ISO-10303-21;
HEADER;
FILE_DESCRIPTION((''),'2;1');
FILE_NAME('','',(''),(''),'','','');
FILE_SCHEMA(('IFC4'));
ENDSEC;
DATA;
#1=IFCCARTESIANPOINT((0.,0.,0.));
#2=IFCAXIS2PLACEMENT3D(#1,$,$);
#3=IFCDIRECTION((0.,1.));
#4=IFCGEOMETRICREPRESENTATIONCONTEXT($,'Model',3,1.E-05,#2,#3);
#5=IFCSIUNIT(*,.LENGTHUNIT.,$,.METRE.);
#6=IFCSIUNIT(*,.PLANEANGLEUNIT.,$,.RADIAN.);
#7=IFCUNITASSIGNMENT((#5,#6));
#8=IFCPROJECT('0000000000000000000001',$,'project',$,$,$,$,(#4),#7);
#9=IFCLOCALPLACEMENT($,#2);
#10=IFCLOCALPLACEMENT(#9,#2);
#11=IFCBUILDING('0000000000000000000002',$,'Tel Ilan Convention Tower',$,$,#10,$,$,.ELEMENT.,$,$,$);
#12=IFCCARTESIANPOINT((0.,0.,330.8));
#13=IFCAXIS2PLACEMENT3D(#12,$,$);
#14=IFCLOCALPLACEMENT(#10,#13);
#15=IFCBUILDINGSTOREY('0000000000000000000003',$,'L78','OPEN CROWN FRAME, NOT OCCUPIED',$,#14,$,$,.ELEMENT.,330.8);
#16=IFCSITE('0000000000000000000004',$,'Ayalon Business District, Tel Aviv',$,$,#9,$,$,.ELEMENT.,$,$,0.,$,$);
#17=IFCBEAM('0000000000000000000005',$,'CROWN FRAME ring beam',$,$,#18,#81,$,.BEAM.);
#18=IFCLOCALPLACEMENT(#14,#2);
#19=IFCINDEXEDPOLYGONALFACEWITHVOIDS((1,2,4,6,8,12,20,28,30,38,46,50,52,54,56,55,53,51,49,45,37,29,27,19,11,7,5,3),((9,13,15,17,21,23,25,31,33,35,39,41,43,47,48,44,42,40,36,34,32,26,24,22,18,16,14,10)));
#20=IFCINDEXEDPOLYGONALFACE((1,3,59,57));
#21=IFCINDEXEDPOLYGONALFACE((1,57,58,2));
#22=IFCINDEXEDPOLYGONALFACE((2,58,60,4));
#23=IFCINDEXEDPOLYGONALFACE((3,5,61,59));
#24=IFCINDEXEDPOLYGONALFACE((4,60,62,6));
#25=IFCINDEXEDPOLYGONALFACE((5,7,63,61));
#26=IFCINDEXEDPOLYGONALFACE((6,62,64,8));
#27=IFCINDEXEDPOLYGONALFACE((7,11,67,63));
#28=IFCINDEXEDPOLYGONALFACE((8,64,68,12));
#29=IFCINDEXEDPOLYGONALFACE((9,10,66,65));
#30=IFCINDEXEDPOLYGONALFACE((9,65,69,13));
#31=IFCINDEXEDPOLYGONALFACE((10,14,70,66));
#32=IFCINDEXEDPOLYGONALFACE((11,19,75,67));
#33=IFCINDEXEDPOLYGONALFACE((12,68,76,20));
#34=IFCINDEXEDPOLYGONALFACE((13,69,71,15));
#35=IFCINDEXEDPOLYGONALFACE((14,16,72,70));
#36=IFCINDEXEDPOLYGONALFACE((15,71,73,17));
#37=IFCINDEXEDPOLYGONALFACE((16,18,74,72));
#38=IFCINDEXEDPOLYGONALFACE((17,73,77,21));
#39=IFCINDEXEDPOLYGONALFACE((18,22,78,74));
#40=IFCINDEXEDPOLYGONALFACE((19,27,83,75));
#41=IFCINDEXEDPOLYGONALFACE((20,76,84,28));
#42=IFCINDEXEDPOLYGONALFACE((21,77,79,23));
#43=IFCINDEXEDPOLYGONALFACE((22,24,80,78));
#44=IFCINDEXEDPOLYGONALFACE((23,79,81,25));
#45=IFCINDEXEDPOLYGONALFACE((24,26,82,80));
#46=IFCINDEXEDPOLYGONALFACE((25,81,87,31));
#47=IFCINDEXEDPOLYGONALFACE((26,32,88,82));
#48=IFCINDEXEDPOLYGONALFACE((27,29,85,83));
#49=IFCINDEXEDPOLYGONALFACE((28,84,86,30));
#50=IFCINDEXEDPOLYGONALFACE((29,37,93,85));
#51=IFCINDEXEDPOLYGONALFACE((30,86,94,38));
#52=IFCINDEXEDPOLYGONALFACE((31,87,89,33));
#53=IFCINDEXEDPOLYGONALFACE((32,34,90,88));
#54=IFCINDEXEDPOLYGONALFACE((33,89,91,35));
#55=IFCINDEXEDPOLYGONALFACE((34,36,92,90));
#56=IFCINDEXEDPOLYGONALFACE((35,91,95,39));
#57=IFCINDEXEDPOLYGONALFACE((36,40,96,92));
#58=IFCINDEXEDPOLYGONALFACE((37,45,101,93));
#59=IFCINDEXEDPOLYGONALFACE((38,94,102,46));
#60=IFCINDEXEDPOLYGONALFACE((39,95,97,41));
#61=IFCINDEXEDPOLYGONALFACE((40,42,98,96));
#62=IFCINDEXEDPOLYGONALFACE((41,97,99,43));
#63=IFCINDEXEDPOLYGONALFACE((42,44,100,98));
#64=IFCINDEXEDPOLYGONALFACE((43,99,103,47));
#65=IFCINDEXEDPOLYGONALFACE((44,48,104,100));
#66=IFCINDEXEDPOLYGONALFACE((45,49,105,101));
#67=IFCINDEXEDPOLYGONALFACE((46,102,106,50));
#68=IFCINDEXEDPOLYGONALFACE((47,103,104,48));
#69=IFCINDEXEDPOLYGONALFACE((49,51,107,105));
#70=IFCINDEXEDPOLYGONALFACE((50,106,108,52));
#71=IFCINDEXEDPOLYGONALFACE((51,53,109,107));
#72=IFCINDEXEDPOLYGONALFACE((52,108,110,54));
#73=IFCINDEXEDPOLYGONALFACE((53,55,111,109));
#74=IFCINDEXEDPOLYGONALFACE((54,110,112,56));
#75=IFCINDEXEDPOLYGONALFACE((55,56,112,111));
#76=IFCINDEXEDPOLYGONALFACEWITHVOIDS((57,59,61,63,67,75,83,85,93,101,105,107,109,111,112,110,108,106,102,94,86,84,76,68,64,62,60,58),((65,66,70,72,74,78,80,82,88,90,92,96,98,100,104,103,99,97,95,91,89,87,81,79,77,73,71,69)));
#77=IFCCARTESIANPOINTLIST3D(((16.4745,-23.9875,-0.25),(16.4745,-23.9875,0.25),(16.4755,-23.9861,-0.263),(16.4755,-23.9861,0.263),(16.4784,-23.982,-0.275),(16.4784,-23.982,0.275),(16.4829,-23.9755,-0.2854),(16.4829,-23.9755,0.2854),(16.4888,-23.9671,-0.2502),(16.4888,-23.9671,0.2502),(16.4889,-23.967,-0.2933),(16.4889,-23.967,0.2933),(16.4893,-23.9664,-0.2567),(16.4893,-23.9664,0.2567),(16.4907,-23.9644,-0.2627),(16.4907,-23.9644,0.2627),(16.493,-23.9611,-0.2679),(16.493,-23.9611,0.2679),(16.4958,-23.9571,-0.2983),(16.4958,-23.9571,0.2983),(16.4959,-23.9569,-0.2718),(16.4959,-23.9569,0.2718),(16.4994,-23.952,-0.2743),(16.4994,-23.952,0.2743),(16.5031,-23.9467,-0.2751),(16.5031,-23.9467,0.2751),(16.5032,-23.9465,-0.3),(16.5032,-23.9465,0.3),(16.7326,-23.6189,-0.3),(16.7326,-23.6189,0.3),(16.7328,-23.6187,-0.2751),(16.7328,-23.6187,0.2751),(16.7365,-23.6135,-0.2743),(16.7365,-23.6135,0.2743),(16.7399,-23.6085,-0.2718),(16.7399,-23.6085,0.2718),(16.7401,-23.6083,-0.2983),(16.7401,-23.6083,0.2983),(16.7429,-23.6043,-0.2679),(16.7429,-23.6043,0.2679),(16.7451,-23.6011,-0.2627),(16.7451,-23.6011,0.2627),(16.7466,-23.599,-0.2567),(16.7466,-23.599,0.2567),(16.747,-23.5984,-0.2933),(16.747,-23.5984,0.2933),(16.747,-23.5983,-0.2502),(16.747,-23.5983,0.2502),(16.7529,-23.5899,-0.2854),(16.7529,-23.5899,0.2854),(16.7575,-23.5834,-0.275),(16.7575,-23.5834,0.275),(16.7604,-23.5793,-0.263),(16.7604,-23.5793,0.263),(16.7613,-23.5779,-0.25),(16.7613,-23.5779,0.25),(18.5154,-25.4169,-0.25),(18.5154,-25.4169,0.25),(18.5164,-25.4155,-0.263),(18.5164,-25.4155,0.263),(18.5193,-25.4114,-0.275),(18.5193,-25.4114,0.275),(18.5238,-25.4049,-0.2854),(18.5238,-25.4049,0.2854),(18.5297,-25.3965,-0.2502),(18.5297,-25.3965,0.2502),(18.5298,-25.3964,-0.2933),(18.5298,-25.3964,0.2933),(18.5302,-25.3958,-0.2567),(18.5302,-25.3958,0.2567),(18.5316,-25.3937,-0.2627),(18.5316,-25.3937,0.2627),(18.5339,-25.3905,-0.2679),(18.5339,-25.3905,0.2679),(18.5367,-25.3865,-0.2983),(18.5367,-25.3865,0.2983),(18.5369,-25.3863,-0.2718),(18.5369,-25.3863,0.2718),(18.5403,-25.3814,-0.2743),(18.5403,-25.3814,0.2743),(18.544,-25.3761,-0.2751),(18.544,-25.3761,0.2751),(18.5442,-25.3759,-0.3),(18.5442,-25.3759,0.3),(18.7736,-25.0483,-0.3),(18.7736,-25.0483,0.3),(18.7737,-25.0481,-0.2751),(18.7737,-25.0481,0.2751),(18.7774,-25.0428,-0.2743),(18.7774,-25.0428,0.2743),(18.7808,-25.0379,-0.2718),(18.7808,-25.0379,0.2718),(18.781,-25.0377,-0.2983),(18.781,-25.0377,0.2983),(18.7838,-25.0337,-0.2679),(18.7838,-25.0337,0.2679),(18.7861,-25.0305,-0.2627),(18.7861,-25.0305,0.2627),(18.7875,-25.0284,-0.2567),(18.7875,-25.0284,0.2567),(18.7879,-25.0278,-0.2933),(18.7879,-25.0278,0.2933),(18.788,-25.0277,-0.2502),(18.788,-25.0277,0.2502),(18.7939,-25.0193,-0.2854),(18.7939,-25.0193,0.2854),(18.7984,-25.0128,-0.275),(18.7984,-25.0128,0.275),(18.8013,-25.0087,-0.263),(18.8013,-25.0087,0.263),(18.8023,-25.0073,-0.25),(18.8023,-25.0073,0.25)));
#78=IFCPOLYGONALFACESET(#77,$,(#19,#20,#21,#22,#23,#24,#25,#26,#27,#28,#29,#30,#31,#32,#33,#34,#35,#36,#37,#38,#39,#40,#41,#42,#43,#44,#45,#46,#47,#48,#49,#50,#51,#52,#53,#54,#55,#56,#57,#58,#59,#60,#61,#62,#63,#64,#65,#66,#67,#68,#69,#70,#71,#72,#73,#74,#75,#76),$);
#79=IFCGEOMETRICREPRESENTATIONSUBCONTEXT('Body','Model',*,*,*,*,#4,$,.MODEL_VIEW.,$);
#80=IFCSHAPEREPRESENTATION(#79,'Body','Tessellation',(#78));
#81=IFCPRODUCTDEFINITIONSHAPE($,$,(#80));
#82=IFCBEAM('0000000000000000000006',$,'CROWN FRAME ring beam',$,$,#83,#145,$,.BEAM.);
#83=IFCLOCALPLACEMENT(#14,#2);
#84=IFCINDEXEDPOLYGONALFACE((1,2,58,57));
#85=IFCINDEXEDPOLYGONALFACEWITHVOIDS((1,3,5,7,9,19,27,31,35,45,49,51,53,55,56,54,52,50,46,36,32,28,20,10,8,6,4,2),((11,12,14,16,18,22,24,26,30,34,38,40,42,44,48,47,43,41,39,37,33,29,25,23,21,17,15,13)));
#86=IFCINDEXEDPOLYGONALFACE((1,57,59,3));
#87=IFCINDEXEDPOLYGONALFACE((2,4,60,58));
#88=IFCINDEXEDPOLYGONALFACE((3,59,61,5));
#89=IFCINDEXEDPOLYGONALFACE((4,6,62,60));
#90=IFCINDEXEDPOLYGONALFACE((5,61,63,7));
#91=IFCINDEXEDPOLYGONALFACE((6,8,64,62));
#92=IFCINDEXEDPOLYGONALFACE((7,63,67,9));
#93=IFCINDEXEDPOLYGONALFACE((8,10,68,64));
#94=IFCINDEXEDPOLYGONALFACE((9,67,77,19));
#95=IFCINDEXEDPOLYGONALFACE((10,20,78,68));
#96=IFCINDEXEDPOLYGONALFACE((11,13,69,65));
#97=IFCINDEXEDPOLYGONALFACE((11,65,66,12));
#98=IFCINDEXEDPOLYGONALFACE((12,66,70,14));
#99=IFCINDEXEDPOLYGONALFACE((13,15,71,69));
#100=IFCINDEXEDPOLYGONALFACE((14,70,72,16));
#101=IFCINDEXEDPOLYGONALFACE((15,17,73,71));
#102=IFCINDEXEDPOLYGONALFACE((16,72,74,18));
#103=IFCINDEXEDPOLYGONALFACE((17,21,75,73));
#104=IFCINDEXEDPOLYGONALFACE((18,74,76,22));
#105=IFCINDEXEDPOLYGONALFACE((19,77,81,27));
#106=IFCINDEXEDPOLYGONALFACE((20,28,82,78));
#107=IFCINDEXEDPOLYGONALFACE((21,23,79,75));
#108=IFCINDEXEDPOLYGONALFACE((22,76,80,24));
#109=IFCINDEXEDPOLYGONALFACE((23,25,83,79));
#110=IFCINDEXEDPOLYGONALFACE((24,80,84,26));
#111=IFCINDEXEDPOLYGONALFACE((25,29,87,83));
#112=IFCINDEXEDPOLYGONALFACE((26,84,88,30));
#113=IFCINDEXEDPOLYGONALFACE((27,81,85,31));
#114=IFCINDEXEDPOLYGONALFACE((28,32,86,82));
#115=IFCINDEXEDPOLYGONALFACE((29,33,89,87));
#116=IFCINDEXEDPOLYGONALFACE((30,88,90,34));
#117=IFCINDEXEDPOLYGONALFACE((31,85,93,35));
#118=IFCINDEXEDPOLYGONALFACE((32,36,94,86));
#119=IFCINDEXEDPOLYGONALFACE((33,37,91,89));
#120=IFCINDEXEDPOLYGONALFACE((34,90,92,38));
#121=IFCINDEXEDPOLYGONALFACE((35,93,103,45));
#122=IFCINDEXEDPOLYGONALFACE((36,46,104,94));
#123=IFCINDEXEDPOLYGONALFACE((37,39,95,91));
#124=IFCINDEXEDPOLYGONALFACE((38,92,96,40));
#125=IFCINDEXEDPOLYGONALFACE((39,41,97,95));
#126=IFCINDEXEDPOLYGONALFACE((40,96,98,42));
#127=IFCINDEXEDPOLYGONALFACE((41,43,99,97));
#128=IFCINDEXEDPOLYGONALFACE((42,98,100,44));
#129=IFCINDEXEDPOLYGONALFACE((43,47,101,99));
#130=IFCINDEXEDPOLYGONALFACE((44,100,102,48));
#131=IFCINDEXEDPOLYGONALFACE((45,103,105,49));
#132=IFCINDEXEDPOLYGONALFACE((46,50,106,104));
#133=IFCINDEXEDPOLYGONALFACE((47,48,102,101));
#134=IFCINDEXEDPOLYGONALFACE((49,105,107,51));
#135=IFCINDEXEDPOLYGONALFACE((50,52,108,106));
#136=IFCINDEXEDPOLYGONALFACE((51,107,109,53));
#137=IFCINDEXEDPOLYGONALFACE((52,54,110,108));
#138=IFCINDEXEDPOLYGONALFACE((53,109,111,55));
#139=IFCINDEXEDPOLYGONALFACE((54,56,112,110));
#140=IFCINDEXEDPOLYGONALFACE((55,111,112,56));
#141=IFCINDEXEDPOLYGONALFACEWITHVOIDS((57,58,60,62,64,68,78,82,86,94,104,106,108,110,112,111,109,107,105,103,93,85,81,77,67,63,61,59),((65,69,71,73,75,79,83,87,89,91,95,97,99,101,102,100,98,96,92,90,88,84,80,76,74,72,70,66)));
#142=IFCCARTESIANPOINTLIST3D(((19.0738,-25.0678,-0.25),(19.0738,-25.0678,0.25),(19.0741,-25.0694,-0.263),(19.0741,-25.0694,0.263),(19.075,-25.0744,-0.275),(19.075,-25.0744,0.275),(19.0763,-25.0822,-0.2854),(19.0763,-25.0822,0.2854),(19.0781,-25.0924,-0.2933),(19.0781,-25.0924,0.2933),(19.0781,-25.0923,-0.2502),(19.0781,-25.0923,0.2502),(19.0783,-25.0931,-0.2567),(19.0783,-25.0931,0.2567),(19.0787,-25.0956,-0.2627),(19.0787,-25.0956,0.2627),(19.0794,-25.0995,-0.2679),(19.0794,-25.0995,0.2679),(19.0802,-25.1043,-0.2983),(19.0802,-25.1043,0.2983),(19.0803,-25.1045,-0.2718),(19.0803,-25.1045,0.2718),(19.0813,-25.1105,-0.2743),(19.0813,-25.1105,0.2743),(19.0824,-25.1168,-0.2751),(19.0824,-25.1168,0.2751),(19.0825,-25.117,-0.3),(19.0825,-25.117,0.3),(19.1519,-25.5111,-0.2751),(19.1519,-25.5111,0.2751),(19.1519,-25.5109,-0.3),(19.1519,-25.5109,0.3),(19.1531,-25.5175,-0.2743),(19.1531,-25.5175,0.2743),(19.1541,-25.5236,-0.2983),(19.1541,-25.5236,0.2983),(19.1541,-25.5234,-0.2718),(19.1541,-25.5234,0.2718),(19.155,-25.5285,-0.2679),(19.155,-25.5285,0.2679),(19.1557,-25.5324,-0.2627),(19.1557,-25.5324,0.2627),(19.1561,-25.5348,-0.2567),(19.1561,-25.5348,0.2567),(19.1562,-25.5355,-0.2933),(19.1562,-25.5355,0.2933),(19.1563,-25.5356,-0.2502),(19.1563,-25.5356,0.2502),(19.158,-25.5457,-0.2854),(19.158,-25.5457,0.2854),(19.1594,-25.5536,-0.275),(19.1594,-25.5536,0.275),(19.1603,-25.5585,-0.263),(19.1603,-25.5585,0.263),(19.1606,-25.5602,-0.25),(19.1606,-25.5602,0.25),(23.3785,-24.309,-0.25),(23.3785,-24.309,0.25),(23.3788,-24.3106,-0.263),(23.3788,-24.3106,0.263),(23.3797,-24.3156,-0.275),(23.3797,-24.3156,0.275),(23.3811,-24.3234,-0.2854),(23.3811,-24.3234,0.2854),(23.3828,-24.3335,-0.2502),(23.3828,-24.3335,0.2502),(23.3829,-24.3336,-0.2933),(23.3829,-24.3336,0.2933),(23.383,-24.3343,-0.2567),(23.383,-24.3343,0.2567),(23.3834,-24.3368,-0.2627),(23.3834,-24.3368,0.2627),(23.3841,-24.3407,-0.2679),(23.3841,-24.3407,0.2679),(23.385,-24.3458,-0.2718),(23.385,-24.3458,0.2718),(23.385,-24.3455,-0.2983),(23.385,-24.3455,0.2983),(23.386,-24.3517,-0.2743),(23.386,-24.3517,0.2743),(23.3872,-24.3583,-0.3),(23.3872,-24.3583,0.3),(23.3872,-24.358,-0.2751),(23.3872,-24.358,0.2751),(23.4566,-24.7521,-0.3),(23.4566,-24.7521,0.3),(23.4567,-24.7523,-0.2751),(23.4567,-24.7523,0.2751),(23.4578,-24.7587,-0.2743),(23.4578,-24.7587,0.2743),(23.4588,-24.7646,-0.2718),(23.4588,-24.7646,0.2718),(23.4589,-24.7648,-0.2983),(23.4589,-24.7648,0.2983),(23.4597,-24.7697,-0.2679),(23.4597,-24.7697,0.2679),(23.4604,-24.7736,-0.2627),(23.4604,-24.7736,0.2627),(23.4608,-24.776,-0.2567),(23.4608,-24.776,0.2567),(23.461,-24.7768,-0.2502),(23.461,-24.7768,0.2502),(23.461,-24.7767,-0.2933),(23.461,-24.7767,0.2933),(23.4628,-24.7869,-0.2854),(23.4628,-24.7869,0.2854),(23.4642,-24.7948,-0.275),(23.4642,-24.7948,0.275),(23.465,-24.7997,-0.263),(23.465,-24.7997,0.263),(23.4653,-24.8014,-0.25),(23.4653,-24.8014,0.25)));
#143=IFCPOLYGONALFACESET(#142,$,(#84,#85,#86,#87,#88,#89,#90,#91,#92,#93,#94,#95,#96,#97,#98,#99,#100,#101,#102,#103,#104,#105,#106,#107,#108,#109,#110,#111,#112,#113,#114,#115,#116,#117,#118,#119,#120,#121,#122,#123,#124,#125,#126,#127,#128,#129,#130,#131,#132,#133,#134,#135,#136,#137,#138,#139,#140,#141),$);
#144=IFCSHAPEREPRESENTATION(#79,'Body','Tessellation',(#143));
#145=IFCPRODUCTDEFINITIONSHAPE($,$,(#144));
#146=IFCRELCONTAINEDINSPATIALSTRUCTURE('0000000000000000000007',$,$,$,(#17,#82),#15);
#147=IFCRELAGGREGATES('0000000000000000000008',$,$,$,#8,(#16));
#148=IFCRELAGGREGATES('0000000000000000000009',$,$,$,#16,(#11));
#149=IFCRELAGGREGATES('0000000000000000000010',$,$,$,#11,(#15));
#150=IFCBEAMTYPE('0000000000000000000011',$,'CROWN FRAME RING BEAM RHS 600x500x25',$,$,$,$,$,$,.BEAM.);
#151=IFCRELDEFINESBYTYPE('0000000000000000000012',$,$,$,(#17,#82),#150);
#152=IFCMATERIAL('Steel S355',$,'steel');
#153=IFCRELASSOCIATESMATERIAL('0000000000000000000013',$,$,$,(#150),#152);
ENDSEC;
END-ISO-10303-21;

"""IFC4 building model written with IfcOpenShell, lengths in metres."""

from ifc_helpers import new_model, si_unit, direction, frame, origin, origin_2d, place, context, subcontext, project, spatial, hollow_rectangle, extrude, material, material_profile, profile_set, type_object, element, save


model = new_model("IFC4")

# Units and contexts
model_context = context("Model", 3, precision=1e-05, world=origin(), true_north=direction((0.0, 1.0)))
body_context = subcontext(model_context, "Body", "Model", "MODEL_VIEW")
ifc_project = project(units=[si_unit("LENGTHUNIT", "METRE"), si_unit("PLANEANGLEUNIT", "RADIAN")], contexts=[model_context])

# Site, building, storey
site_placement = place(None, origin())
site = spatial("IfcSite", under=ifc_project, at=site_placement, Name="Ayalon Business District, Tel Aviv", CompositionType="ELEMENT", RefElevation=0.0)
building_placement = place(site_placement, origin())
building = spatial("IfcBuilding", under=site, at=building_placement, Name="Tel Ilan Convention Tower", CompositionType="ELEMENT")
storey_placement = place(building_placement, frame((0.0, 0.0, 330.8)))
storey = spatial("IfcBuildingStorey", under=building, at=storey_placement, Name="L78", Description="OPEN CROWN FRAME, NOT OCCUPIED", CompositionType="ELEMENT", Elevation=330.8)

# Beams
ifc_material_1 = material(Name="Steel S355", Category="steel")
ifc_material_profile_1 = material_profile(ifc_material_1, hollow_rectangle(XDim=0.5, YDim=0.6001, WallThickness=0.0249, InnerFilletRadius=0.0249, OuterFilletRadius=0.05, at=origin_2d()), Name="RHS 600x500x25")
ifc_profile_set_1 = profile_set([ifc_material_profile_1], Name="Steel S355")
beam_type = type_object("IfcBeamType", Name="CROWN FRAME RING BEAM RHS 600x500x25", PredefinedType="BEAM", material=ifc_profile_set_1)
beam_1_placement = place(storey_placement, frame((16.6179, -23.7827, 0.0), z_axis=(0.819094, -0.57366, 0.0), x_axis=(0.57366, 0.819094, 0.0)))
element("IfcBeam", 1, at=beam_1_placement, inside=storey, type_object=beam_type, Name="CROWN FRAME ring beam", PredefinedType="BEAM", context=body_context, shape_type="SweptSolid", body=[
    extrude(hollow_rectangle(XDim=0.5, YDim=0.6001, WallThickness=0.0249, InnerFilletRadius=0.0249, OuterFilletRadius=0.05, at=origin_2d()), origin(), (0.0, 0.0, 1.0), 2.4917),
])
beam_2_placement = place(storey_placement, frame((19.1172, -25.314, 0.0), z_axis=(0.984817, 0.173594, 0.0), x_axis=(-0.173594, 0.984817, 0.0)))
element("IfcBeam", 2, at=beam_2_placement, inside=storey, type_object=beam_type, Name="CROWN FRAME ring beam", PredefinedType="BEAM", context=body_context, shape_type="SweptSolid", body=[
    extrude(hollow_rectangle(XDim=0.5, YDim=0.6001, WallThickness=0.0249, InnerFilletRadius=0.0249, OuterFilletRadius=0.05, at=origin_2d()), origin(), (0.0, 0.0, 1.0), 4.3711),
])

save(model, "model.ifc")
